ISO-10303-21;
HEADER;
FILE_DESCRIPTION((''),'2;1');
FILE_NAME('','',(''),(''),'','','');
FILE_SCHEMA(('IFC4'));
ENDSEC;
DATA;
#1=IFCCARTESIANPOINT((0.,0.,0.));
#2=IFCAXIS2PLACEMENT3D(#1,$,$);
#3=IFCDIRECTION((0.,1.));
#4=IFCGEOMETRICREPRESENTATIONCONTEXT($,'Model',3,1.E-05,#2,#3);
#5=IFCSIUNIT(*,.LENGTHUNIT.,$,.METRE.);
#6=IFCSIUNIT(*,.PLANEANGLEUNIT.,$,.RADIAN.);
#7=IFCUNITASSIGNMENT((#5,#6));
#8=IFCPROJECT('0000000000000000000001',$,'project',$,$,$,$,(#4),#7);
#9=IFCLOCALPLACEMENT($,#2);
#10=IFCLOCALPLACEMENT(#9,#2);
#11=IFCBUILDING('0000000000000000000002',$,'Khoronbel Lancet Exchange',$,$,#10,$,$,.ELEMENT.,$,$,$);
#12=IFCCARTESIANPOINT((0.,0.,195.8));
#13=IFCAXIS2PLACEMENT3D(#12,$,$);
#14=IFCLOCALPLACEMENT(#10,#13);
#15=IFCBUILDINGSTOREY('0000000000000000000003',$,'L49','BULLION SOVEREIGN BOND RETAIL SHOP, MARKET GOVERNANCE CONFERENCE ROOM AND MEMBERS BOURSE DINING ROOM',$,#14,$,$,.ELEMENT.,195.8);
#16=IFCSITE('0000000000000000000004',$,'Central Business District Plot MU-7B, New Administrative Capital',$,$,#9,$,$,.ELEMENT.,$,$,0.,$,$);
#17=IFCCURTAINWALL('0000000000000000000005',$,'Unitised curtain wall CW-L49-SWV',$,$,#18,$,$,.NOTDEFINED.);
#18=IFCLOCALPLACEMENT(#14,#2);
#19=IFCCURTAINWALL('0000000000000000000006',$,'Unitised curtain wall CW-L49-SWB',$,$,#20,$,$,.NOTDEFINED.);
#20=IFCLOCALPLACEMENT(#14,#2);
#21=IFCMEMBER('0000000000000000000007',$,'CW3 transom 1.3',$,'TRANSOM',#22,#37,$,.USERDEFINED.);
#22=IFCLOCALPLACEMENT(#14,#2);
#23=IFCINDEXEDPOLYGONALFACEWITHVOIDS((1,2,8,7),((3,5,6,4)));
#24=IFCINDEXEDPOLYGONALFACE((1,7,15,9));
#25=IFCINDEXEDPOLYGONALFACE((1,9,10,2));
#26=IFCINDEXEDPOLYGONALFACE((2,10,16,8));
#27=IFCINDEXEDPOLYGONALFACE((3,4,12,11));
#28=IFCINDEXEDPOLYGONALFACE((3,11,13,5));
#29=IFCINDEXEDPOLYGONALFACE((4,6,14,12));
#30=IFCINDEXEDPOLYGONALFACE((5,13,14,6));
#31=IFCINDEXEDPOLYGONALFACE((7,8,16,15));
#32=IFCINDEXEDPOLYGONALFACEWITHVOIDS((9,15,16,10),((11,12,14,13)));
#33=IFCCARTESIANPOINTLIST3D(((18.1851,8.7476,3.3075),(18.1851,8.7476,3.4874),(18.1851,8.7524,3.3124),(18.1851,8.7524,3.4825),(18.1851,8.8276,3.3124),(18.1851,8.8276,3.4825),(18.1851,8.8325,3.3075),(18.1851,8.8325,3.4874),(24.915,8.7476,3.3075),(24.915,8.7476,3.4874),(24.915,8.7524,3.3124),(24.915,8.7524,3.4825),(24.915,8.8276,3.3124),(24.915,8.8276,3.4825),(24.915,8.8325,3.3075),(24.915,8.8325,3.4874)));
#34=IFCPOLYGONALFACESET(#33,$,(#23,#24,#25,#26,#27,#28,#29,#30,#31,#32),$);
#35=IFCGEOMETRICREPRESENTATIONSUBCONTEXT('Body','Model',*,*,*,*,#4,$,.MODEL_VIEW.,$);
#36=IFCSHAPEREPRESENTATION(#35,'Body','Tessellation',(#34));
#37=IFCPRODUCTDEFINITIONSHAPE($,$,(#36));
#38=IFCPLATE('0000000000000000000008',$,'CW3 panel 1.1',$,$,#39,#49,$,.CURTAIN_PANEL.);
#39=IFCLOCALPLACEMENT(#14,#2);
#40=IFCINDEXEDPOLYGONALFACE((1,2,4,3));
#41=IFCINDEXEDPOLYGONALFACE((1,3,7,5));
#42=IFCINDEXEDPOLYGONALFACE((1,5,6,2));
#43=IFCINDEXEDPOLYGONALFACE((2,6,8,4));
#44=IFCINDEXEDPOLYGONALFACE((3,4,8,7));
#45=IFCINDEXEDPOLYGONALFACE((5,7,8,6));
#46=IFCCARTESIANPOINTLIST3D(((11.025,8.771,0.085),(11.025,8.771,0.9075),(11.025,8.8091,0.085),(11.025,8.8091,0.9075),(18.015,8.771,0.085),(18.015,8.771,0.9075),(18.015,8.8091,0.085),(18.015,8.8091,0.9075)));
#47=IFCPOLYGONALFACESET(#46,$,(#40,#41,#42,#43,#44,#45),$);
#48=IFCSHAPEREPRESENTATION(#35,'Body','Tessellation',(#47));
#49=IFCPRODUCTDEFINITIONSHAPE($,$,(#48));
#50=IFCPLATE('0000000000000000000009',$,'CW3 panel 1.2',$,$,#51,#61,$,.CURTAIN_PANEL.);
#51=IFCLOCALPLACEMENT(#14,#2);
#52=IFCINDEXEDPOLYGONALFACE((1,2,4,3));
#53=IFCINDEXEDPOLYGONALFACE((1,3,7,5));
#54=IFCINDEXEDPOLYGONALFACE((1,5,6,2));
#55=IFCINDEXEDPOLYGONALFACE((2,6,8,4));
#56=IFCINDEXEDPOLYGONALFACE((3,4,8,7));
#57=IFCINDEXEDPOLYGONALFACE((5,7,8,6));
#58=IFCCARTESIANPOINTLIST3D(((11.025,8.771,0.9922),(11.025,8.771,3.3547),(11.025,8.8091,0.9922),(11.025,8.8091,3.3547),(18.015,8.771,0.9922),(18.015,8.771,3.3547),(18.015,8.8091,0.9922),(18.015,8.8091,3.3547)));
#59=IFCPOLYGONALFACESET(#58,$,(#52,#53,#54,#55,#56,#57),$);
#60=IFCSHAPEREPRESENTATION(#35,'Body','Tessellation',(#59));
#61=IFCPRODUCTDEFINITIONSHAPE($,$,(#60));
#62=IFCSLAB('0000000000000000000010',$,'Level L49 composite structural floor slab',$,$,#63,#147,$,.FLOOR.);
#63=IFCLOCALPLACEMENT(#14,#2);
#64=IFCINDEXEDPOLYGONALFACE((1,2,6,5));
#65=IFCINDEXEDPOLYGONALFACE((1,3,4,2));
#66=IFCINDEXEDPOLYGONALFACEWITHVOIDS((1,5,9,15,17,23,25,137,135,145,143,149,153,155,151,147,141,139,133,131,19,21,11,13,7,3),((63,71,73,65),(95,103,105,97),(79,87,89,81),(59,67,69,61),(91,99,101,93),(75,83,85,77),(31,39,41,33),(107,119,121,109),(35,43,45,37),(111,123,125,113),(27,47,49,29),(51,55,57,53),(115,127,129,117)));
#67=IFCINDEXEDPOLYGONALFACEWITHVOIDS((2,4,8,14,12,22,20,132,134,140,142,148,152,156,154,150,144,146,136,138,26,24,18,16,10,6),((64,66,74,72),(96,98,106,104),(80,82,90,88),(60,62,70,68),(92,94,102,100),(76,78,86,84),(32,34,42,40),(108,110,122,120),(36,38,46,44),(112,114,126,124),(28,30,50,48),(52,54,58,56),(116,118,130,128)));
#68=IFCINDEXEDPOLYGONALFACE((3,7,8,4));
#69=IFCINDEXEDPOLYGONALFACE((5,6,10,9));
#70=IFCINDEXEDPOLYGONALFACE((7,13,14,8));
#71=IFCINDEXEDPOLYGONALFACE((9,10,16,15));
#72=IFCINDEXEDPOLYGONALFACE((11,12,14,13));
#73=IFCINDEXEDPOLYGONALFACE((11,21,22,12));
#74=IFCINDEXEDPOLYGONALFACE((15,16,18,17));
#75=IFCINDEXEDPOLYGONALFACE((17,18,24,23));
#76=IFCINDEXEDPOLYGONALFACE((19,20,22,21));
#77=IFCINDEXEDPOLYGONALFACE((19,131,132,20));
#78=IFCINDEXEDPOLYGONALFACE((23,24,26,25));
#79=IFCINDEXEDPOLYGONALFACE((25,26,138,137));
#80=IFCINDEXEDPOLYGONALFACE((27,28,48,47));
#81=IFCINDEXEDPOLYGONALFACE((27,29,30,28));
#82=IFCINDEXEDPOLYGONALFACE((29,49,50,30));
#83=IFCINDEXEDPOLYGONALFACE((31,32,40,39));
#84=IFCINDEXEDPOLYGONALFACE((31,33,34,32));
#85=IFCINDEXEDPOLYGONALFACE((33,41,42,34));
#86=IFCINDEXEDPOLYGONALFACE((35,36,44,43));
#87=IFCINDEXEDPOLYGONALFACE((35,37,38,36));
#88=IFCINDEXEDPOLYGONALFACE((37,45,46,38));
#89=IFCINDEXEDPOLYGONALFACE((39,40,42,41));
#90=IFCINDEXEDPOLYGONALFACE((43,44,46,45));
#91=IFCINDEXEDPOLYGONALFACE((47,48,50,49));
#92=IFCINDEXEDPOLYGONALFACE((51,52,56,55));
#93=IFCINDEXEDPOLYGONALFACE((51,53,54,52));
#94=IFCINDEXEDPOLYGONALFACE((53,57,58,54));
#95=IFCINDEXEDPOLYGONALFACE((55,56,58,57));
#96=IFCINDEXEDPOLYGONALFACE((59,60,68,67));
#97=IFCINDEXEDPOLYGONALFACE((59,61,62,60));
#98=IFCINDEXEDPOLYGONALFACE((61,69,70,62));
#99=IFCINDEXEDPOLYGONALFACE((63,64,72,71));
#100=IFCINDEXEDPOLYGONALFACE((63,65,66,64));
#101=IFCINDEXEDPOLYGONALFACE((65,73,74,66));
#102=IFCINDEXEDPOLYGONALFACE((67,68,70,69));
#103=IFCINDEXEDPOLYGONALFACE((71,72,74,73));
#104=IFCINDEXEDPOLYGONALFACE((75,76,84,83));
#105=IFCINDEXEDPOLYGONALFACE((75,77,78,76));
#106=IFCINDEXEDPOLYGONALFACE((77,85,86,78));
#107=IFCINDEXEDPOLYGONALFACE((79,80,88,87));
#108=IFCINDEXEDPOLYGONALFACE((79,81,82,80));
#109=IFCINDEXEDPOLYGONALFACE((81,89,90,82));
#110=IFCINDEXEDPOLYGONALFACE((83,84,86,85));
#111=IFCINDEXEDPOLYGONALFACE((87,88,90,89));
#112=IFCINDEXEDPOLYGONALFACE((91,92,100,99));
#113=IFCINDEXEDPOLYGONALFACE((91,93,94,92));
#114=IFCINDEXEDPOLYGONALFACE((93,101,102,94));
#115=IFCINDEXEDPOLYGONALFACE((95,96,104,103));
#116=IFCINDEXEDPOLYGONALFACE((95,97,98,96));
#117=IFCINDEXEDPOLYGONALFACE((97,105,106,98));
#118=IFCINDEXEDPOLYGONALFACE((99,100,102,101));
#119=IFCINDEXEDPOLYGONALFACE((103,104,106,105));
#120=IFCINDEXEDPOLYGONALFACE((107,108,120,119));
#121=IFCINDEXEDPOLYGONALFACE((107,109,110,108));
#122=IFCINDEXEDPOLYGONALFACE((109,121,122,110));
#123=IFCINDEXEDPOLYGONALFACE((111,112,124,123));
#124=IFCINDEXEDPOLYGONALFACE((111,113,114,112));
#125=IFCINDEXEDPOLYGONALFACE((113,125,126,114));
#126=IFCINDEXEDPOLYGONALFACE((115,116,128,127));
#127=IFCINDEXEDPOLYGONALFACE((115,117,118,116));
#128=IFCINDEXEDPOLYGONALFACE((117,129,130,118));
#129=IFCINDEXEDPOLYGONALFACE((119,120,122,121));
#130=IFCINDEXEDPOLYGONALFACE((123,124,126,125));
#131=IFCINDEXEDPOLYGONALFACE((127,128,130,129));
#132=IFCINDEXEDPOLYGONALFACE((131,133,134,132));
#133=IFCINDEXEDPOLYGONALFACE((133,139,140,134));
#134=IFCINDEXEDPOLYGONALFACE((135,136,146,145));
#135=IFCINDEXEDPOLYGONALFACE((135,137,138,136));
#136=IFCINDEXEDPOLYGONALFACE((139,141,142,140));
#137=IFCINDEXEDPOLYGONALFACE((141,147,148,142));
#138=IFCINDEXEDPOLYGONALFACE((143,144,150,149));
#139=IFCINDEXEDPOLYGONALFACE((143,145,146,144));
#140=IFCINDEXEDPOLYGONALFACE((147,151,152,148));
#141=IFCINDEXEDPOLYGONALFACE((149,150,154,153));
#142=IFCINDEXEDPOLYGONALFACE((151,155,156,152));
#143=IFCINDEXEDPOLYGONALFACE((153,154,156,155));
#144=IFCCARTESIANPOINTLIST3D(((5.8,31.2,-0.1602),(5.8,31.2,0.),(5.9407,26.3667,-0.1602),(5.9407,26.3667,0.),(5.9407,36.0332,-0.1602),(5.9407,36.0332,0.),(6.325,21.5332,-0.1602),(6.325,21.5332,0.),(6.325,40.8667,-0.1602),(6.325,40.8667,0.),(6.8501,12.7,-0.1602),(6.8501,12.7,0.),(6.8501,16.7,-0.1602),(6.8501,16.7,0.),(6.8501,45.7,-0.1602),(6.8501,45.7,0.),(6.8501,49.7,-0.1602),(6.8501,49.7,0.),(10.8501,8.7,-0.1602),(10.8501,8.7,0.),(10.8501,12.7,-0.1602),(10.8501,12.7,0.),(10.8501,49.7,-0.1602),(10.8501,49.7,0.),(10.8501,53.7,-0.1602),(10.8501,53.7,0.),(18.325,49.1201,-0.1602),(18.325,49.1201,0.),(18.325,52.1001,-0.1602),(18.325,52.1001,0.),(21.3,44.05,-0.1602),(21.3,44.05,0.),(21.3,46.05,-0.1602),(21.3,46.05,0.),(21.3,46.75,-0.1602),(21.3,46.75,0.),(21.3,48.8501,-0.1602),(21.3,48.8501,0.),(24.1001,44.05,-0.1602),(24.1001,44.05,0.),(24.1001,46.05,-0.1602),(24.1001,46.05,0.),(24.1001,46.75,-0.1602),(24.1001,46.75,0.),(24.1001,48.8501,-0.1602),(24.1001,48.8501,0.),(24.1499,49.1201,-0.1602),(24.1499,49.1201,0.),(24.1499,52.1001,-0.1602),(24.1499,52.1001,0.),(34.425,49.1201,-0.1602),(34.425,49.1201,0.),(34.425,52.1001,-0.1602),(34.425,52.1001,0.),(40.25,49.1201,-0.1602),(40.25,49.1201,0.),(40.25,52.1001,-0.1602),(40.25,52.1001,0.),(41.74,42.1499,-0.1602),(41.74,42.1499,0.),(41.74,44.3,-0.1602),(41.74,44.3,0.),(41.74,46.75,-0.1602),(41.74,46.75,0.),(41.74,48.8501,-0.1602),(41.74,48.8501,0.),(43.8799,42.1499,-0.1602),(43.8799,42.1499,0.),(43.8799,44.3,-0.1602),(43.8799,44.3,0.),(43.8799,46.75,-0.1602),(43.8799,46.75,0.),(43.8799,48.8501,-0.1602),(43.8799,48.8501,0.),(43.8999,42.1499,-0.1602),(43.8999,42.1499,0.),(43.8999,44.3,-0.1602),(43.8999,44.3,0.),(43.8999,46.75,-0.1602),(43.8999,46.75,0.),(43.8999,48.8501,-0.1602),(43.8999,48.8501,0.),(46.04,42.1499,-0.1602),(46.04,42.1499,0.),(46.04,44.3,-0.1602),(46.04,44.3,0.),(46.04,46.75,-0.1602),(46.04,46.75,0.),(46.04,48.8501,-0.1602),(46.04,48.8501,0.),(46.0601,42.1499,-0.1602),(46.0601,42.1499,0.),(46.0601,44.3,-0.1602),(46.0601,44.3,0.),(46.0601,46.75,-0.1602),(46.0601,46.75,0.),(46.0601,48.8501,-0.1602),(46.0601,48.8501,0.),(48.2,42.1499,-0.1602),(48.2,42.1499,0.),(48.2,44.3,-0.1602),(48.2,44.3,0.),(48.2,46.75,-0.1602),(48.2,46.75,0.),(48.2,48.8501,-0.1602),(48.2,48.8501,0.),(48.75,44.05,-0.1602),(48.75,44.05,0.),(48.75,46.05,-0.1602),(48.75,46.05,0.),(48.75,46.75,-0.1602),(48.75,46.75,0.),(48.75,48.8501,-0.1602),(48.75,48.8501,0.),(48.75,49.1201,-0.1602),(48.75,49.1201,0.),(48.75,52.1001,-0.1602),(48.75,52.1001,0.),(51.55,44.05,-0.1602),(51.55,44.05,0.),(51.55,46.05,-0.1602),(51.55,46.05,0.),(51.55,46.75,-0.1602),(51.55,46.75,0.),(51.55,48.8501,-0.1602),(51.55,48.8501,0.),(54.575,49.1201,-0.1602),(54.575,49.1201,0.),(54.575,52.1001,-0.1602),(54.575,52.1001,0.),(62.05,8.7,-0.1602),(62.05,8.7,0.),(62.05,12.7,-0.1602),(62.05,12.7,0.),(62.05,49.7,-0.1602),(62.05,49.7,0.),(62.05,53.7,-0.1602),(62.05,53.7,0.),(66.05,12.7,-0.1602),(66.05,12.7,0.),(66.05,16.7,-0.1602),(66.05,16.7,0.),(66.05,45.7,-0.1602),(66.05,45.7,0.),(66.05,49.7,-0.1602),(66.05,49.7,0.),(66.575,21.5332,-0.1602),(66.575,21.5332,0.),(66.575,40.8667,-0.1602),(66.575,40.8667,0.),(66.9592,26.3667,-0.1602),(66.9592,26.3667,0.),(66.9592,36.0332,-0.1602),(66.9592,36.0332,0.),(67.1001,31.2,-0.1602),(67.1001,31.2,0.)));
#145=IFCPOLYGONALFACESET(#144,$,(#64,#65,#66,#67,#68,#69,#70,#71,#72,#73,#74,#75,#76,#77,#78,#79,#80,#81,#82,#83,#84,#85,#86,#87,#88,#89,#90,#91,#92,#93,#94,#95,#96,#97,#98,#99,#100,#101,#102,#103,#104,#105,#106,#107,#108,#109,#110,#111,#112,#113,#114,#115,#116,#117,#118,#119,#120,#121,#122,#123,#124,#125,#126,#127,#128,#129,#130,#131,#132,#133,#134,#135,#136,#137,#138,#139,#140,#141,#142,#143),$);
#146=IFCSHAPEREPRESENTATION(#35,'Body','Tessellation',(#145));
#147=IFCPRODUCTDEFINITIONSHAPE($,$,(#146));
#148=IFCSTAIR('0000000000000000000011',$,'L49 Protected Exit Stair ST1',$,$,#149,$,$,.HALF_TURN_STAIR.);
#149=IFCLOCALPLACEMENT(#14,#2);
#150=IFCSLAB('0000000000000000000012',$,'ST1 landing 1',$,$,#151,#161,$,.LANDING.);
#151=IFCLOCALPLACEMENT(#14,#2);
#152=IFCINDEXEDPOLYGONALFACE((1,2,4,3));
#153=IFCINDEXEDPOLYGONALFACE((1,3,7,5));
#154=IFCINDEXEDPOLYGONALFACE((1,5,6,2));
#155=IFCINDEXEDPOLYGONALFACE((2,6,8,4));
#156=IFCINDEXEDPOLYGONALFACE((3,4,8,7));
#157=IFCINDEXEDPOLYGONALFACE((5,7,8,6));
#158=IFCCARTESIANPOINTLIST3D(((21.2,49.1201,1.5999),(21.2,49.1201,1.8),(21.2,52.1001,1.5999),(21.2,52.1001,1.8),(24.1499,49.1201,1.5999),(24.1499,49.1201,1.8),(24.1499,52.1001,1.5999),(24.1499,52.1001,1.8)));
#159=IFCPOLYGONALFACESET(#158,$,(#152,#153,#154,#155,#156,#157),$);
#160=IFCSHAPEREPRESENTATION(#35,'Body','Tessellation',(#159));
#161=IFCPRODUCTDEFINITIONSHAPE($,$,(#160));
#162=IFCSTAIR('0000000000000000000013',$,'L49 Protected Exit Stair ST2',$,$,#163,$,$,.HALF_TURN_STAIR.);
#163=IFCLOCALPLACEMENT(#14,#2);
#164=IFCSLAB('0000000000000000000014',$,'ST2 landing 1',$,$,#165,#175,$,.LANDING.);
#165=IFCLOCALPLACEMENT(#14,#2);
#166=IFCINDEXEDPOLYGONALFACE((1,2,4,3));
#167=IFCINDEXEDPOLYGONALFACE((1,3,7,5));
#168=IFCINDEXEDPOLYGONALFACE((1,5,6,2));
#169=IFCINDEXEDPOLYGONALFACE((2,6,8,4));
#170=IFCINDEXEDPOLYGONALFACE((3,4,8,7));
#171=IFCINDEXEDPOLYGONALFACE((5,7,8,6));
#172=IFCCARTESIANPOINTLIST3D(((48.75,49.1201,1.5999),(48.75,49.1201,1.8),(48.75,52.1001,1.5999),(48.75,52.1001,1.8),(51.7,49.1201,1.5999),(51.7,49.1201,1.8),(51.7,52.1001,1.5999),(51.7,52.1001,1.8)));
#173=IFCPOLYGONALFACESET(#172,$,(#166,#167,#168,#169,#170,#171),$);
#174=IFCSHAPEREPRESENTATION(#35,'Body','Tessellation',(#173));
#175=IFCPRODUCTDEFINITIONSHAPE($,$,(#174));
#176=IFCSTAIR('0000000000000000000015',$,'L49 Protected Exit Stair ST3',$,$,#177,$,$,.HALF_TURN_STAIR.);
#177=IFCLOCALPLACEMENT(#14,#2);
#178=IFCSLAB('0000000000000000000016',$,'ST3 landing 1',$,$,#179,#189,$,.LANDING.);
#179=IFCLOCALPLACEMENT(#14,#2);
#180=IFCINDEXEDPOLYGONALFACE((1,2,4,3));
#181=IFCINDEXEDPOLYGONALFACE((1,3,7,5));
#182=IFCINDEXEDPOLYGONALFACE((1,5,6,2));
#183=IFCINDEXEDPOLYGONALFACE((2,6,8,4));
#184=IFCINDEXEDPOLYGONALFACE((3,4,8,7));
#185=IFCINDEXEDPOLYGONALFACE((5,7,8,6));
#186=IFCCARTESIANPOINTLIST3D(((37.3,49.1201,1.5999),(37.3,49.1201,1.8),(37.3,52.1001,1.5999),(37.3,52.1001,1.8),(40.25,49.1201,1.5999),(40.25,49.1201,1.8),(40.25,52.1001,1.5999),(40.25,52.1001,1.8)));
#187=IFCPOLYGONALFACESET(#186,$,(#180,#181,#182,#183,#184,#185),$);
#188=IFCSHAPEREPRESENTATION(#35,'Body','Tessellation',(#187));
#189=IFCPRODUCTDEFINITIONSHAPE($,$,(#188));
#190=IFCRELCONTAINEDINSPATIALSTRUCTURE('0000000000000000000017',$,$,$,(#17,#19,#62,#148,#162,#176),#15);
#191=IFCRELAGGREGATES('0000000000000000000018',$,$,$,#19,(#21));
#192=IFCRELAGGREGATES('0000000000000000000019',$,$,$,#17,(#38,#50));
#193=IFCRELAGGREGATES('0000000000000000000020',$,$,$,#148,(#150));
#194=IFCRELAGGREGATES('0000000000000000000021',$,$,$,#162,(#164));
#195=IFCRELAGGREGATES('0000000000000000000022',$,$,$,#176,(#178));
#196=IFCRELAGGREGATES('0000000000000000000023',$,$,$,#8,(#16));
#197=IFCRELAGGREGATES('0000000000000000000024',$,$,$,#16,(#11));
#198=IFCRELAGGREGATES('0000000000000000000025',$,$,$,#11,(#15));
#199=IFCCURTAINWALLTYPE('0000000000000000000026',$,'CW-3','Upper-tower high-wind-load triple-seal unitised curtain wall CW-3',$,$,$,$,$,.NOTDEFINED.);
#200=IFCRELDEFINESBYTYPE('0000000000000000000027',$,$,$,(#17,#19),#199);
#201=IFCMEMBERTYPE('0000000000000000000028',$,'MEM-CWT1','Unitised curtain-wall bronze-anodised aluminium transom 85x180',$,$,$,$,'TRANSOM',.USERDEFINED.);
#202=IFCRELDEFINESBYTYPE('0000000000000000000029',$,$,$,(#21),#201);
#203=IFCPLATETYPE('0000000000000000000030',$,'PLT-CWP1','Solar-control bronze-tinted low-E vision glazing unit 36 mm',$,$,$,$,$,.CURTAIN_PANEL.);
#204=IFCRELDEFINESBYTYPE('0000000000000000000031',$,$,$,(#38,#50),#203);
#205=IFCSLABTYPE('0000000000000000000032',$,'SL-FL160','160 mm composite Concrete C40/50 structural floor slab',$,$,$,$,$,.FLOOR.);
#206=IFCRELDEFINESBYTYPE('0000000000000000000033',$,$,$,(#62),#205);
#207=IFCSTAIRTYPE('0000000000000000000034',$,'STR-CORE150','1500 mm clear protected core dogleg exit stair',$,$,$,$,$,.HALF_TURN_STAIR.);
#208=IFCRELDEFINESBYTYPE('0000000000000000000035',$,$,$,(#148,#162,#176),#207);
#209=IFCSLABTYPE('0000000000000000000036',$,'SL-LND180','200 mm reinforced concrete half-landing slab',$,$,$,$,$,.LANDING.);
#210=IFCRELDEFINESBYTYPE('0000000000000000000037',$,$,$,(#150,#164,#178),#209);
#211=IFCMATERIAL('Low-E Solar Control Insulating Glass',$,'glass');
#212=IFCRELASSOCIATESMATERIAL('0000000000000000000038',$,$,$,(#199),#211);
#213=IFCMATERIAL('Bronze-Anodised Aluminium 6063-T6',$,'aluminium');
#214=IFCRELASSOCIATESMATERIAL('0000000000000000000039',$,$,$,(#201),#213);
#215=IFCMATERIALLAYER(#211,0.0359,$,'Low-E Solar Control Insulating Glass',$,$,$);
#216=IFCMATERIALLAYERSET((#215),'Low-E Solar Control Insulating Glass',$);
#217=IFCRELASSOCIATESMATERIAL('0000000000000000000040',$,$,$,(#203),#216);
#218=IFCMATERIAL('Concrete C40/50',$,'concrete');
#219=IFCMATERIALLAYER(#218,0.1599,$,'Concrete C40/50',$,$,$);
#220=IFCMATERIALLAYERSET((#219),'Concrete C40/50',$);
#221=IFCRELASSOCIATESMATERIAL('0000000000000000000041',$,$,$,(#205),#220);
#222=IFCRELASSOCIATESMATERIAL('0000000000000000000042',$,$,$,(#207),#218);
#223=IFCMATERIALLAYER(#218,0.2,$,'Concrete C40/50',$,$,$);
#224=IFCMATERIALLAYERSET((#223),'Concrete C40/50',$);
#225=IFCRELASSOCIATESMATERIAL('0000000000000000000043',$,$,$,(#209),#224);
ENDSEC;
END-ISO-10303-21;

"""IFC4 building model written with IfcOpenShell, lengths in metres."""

from ifc_helpers import new_model, si_unit, direction, frame, origin, origin_2d, place, context, subcontext, project, spatial, polyline, rectangle, hollow_rectangle, outline, extrude, material, layer, layer_set, material_profile, profile_set, type_object, element, aggregate, save


model = new_model("IFC4")

# Units and contexts
model_context = context("Model", 3, precision=1e-05, world=origin(), true_north=direction((0.0, 1.0)))
body_context = subcontext(model_context, "Body", "Model", "MODEL_VIEW")
ifc_project = project(units=[si_unit("LENGTHUNIT", "METRE"), si_unit("PLANEANGLEUNIT", "RADIAN")], contexts=[model_context])

# Site, building, storey
site_placement = place(None, origin())
site = spatial("IfcSite", under=ifc_project, at=site_placement, Name="Central Business District Plot MU-7B, New Administrative Capital", CompositionType="ELEMENT", RefElevation=0.0)
building_placement = place(site_placement, origin())
building = spatial("IfcBuilding", under=site, at=building_placement, Name="Khoronbel Lancet Exchange", CompositionType="ELEMENT")
storey_placement = place(building_placement, frame((0.0, 0.0, 195.8)))
storey = spatial("IfcBuildingStorey", under=building, at=storey_placement, Name="L49", Description="BULLION SOVEREIGN BOND RETAIL SHOP, MARKET GOVERNANCE CONFERENCE ROOM AND MEMBERS BOURSE DINING ROOM", CompositionType="ELEMENT", Elevation=195.8)

# Curtain wall
ifc_material_1 = material(Name="Low-E Solar Control Insulating Glass", Category="glass")
curtain_wall_type = type_object("IfcCurtainWallType", Name="CW-3", Description="Upper-tower high-wind-load triple-seal unitised curtain wall CW-3", PredefinedType="NOTDEFINED", material=ifc_material_1)
curtain_wall_1_placement = place(storey_placement, origin())
curtain_wall_1 = element("IfcCurtainWall", 1, at=curtain_wall_1_placement, inside=storey, type_object=curtain_wall_type, Name="Unitised curtain wall CW-L49-SWV", PredefinedType="NOTDEFINED")
ifc_material_2 = material(Name="Bronze-Anodised Aluminium 6063-T6", Category="aluminium")

# Curtain wall
curtain_wall_2_placement = place(storey_placement, origin())
curtain_wall_2 = element("IfcCurtainWall", 2, at=curtain_wall_2_placement, inside=storey, type_object=curtain_wall_type, Name="Unitised curtain wall CW-L49-SWB", PredefinedType="NOTDEFINED")

# Member
ifc_material_profile_1 = material_profile(ifc_material_2, hollow_rectangle(XDim=0.085, YDim=0.1799, WallThickness=0.0049, at=origin_2d()), Name="ALU TRANSOM 85x180")
ifc_profile_set_1 = profile_set([ifc_material_profile_1], Name="Bronze-Anodised Aluminium 6063-T6")
member_type_1 = type_object("IfcMemberType", Name="MEM-CWT1", Description="Unitised curtain-wall bronze-anodised aluminium transom 85x180", ElementType="TRANSOM", PredefinedType="USERDEFINED", material=ifc_profile_set_1)
member_1_placement = place(storey_placement, frame((18.1851, 8.79, 3.3975), z_axis=(1.0, 0.0, 0.0), x_axis=(0.0, 1.0, 0.0)))
member_1 = element("IfcMember", 3, at=member_1_placement, type_object=member_type_1, Name="CW3 transom 1.3", ObjectType="TRANSOM", PredefinedType="USERDEFINED", context=body_context, shape_type="SweptSolid", body=[
    extrude(hollow_rectangle(XDim=0.085, YDim=0.1799, WallThickness=0.0049, at=origin_2d()), origin(), (0.0, 0.0, 1.0), 6.73),
])
aggregate(curtain_wall_2, [member_1])

# Plates
ifc_layer_1 = layer(ifc_material_1, 0.0359, Name="Low-E Solar Control Insulating Glass")
ifc_layer_set_1 = layer_set([ifc_layer_1], Name="Low-E Solar Control Insulating Glass")
plate_type = type_object("IfcPlateType", Name="PLT-CWP1", Description="Solar-control bronze-tinted low-E vision glazing unit 36 mm", PredefinedType="CURTAIN_PANEL", material=ifc_layer_set_1)
plate_1_placement = place(storey_placement, frame((14.52, 8.79, 0.085), z_axis=(0.0, 0.0, 1.0), x_axis=(1.0, 0.0, 0.0)))
plate_1 = element("IfcPlate", 4, at=plate_1_placement, type_object=plate_type, Name="CW3 panel 1.1", PredefinedType="CURTAIN_PANEL", context=body_context, shape_type="SweptSolid", body=[
    extrude(rectangle(XDim=6.99, YDim=0.0381, at=origin_2d()), origin(), (0.0, 0.0, 1.0), 0.8225),
])
plate_2_placement = place(storey_placement, frame((14.52, 8.79, 0.9922), z_axis=(0.0, 0.0, 1.0), x_axis=(1.0, 0.0, 0.0)))
plate_2 = element("IfcPlate", 5, at=plate_2_placement, type_object=plate_type, Name="CW3 panel 1.2", PredefinedType="CURTAIN_PANEL", context=body_context, shape_type="SweptSolid", body=[
    extrude(rectangle(XDim=6.99, YDim=0.0381, at=origin_2d()), origin(), (0.0, 0.0, 1.0), 2.3625),
])
aggregate(curtain_wall_1, [plate_1, plate_2])

# Slab
ifc_material_3 = material(Name="Concrete C40/50", Category="concrete")
ifc_layer_2 = layer(ifc_material_3, 0.1599, Name="Concrete C40/50")
ifc_layer_set_2 = layer_set([ifc_layer_2], Name="Concrete C40/50")
slab_type_1 = type_object("IfcSlabType", Name="SL-FL160", Description="160 mm composite Concrete C40/50 structural floor slab", PredefinedType="FLOOR", material=ifc_layer_set_2)
slab_1_placement = place(storey_placement, frame((0.0, 0.0, -0.1602)))
element("IfcSlab", 6, at=slab_1_placement, inside=storey, type_object=slab_type_1, Name="Level L49 composite structural floor slab", PredefinedType="FLOOR", context=body_context, shape_type="SweptSolid", body=[
    extrude(outline(polyline([(10.8501, 8.7), (62.05, 8.7), (62.05, 12.7), (66.05, 12.7), (66.05, 16.7), (66.575, 21.5332), (66.9592, 26.3667), (67.1001, 31.2), (66.9592, 36.0332), (66.575, 40.8667), (66.05, 45.7), (66.05, 49.7), (62.05, 49.7), (62.05, 53.7), (10.8501, 53.7), (10.8501, 49.7), (6.8501, 49.7), (6.8501, 45.7), (6.325, 40.8667), (5.9407, 36.0332), (5.8, 31.2), (5.9407, 26.3667), (6.325, 21.5332), (6.8501, 16.7), (6.8501, 12.7), (10.8501, 12.7), (10.8501, 8.7)]), holes=[polyline([(18.325, 49.1201), (24.1499, 49.1201), (24.1499, 52.1001), (18.325, 52.1001), (18.325, 49.1201)]), polyline([(48.75, 49.1201), (54.575, 49.1201), (54.575, 52.1001), (48.75, 52.1001), (48.75, 49.1201)]), polyline([(34.425, 49.1201), (40.25, 49.1201), (40.25, 52.1001), (34.425, 52.1001), (34.425, 49.1201)]), polyline([(41.74, 46.75), (43.8799, 46.75), (43.8799, 48.8501), (41.74, 48.8501), (41.74, 46.75)]), polyline([(43.8999, 46.75), (46.04, 46.75), (46.04, 48.8501), (43.8999, 48.8501), (43.8999, 46.75)]), polyline([(46.0601, 46.75), (48.2, 46.75), (48.2, 48.8501), (46.0601, 48.8501), (46.0601, 46.75)]), polyline([(41.74, 42.1499), (43.8799, 42.1499), (43.8799, 44.3), (41.74, 44.3), (41.74, 42.1499)]), polyline([(43.8999, 42.1499), (46.04, 42.1499), (46.04, 44.3), (43.8999, 44.3), (43.8999, 42.1499)]), polyline([(46.0601, 42.1499), (48.2, 42.1499), (48.2, 44.3), (46.0601, 44.3), (46.0601, 42.1499)]), polyline([(21.3, 46.75), (24.1001, 46.75), (24.1001, 48.8501), (21.3, 48.8501), (21.3, 46.75)]), polyline([(48.75, 46.75), (51.55, 46.75), (51.55, 48.8501), (48.75, 48.8501), (48.75, 46.75)]), polyline([(21.3, 44.05), (24.1001, 44.05), (24.1001, 46.05), (21.3, 46.05), (21.3, 44.05)]), polyline([(48.75, 44.05), (51.55, 44.05), (51.55, 46.05), (48.75, 46.05), (48.75, 44.05)])]), origin(), (0.0, 0.0, 1.0), 0.1602),
])

# Stairs, slabs
stair_type = type_object("IfcStairType", Name="STR-CORE150", Description="1500 mm clear protected core dogleg exit stair", PredefinedType="HALF_TURN_STAIR", material=ifc_material_3)
stair_1_placement = place(storey_placement, origin())
stair_1 = element("IfcStair", 7, at=stair_1_placement, inside=storey, type_object=stair_type, Name="L49 Protected Exit Stair ST1", PredefinedType="HALF_TURN_STAIR")
ifc_layer_3 = layer(ifc_material_3, 0.2, Name="Concrete C40/50")
ifc_layer_set_3 = layer_set([ifc_layer_3], Name="Concrete C40/50")
slab_type_2 = type_object("IfcSlabType", Name="SL-LND180", Description="200 mm reinforced concrete half-landing slab", PredefinedType="LANDING", material=ifc_layer_set_3)
slab_2_placement = place(storey_placement, frame((0.0, 0.0, 1.5999)))
slab_2 = element("IfcSlab", 8, at=slab_2_placement, type_object=slab_type_2, Name="ST1 landing 1", PredefinedType="LANDING", context=body_context, shape_type="SweptSolid", body=[
    extrude(outline(polyline([(21.2, 49.1201), (24.1499, 49.1201), (24.1499, 52.1001), (21.2, 52.1001), (21.2, 49.1201)])), origin(), (0.0, 0.0, 1.0), 0.2002),
])
aggregate(stair_1, [slab_2])
stair_2_placement = place(storey_placement, origin())
stair_2 = element("IfcStair", 9, at=stair_2_placement, inside=storey, type_object=stair_type, Name="L49 Protected Exit Stair ST2", PredefinedType="HALF_TURN_STAIR")
slab_3_placement = place(storey_placement, frame((0.0, 0.0, 1.5999)))
slab_3 = element("IfcSlab", 10, at=slab_3_placement, type_object=slab_type_2, Name="ST2 landing 1", PredefinedType="LANDING", context=body_context, shape_type="SweptSolid", body=[
    extrude(outline(polyline([(51.7, 52.1001), (48.75, 52.1001), (48.75, 49.1201), (51.7, 49.1201), (51.7, 52.1001)])), origin(), (0.0, 0.0, 1.0), 0.2002),
])
aggregate(stair_2, [slab_3])
stair_3_placement = place(storey_placement, origin())
stair_3 = element("IfcStair", 11, at=stair_3_placement, inside=storey, type_object=stair_type, Name="L49 Protected Exit Stair ST3", PredefinedType="HALF_TURN_STAIR")
slab_4_placement = place(storey_placement, frame((0.0, 0.0, 1.5999)))
slab_4 = element("IfcSlab", 12, at=slab_4_placement, type_object=slab_type_2, Name="ST3 landing 1", PredefinedType="LANDING", context=body_context, shape_type="SweptSolid", body=[
    extrude(outline(polyline([(37.3, 49.1201), (40.25, 49.1201), (40.25, 52.1001), (37.3, 52.1001), (37.3, 49.1201)])), origin(), (0.0, 0.0, 1.0), 0.2002),
])
aggregate(stair_3, [slab_4])

save(model, "model.ifc")
